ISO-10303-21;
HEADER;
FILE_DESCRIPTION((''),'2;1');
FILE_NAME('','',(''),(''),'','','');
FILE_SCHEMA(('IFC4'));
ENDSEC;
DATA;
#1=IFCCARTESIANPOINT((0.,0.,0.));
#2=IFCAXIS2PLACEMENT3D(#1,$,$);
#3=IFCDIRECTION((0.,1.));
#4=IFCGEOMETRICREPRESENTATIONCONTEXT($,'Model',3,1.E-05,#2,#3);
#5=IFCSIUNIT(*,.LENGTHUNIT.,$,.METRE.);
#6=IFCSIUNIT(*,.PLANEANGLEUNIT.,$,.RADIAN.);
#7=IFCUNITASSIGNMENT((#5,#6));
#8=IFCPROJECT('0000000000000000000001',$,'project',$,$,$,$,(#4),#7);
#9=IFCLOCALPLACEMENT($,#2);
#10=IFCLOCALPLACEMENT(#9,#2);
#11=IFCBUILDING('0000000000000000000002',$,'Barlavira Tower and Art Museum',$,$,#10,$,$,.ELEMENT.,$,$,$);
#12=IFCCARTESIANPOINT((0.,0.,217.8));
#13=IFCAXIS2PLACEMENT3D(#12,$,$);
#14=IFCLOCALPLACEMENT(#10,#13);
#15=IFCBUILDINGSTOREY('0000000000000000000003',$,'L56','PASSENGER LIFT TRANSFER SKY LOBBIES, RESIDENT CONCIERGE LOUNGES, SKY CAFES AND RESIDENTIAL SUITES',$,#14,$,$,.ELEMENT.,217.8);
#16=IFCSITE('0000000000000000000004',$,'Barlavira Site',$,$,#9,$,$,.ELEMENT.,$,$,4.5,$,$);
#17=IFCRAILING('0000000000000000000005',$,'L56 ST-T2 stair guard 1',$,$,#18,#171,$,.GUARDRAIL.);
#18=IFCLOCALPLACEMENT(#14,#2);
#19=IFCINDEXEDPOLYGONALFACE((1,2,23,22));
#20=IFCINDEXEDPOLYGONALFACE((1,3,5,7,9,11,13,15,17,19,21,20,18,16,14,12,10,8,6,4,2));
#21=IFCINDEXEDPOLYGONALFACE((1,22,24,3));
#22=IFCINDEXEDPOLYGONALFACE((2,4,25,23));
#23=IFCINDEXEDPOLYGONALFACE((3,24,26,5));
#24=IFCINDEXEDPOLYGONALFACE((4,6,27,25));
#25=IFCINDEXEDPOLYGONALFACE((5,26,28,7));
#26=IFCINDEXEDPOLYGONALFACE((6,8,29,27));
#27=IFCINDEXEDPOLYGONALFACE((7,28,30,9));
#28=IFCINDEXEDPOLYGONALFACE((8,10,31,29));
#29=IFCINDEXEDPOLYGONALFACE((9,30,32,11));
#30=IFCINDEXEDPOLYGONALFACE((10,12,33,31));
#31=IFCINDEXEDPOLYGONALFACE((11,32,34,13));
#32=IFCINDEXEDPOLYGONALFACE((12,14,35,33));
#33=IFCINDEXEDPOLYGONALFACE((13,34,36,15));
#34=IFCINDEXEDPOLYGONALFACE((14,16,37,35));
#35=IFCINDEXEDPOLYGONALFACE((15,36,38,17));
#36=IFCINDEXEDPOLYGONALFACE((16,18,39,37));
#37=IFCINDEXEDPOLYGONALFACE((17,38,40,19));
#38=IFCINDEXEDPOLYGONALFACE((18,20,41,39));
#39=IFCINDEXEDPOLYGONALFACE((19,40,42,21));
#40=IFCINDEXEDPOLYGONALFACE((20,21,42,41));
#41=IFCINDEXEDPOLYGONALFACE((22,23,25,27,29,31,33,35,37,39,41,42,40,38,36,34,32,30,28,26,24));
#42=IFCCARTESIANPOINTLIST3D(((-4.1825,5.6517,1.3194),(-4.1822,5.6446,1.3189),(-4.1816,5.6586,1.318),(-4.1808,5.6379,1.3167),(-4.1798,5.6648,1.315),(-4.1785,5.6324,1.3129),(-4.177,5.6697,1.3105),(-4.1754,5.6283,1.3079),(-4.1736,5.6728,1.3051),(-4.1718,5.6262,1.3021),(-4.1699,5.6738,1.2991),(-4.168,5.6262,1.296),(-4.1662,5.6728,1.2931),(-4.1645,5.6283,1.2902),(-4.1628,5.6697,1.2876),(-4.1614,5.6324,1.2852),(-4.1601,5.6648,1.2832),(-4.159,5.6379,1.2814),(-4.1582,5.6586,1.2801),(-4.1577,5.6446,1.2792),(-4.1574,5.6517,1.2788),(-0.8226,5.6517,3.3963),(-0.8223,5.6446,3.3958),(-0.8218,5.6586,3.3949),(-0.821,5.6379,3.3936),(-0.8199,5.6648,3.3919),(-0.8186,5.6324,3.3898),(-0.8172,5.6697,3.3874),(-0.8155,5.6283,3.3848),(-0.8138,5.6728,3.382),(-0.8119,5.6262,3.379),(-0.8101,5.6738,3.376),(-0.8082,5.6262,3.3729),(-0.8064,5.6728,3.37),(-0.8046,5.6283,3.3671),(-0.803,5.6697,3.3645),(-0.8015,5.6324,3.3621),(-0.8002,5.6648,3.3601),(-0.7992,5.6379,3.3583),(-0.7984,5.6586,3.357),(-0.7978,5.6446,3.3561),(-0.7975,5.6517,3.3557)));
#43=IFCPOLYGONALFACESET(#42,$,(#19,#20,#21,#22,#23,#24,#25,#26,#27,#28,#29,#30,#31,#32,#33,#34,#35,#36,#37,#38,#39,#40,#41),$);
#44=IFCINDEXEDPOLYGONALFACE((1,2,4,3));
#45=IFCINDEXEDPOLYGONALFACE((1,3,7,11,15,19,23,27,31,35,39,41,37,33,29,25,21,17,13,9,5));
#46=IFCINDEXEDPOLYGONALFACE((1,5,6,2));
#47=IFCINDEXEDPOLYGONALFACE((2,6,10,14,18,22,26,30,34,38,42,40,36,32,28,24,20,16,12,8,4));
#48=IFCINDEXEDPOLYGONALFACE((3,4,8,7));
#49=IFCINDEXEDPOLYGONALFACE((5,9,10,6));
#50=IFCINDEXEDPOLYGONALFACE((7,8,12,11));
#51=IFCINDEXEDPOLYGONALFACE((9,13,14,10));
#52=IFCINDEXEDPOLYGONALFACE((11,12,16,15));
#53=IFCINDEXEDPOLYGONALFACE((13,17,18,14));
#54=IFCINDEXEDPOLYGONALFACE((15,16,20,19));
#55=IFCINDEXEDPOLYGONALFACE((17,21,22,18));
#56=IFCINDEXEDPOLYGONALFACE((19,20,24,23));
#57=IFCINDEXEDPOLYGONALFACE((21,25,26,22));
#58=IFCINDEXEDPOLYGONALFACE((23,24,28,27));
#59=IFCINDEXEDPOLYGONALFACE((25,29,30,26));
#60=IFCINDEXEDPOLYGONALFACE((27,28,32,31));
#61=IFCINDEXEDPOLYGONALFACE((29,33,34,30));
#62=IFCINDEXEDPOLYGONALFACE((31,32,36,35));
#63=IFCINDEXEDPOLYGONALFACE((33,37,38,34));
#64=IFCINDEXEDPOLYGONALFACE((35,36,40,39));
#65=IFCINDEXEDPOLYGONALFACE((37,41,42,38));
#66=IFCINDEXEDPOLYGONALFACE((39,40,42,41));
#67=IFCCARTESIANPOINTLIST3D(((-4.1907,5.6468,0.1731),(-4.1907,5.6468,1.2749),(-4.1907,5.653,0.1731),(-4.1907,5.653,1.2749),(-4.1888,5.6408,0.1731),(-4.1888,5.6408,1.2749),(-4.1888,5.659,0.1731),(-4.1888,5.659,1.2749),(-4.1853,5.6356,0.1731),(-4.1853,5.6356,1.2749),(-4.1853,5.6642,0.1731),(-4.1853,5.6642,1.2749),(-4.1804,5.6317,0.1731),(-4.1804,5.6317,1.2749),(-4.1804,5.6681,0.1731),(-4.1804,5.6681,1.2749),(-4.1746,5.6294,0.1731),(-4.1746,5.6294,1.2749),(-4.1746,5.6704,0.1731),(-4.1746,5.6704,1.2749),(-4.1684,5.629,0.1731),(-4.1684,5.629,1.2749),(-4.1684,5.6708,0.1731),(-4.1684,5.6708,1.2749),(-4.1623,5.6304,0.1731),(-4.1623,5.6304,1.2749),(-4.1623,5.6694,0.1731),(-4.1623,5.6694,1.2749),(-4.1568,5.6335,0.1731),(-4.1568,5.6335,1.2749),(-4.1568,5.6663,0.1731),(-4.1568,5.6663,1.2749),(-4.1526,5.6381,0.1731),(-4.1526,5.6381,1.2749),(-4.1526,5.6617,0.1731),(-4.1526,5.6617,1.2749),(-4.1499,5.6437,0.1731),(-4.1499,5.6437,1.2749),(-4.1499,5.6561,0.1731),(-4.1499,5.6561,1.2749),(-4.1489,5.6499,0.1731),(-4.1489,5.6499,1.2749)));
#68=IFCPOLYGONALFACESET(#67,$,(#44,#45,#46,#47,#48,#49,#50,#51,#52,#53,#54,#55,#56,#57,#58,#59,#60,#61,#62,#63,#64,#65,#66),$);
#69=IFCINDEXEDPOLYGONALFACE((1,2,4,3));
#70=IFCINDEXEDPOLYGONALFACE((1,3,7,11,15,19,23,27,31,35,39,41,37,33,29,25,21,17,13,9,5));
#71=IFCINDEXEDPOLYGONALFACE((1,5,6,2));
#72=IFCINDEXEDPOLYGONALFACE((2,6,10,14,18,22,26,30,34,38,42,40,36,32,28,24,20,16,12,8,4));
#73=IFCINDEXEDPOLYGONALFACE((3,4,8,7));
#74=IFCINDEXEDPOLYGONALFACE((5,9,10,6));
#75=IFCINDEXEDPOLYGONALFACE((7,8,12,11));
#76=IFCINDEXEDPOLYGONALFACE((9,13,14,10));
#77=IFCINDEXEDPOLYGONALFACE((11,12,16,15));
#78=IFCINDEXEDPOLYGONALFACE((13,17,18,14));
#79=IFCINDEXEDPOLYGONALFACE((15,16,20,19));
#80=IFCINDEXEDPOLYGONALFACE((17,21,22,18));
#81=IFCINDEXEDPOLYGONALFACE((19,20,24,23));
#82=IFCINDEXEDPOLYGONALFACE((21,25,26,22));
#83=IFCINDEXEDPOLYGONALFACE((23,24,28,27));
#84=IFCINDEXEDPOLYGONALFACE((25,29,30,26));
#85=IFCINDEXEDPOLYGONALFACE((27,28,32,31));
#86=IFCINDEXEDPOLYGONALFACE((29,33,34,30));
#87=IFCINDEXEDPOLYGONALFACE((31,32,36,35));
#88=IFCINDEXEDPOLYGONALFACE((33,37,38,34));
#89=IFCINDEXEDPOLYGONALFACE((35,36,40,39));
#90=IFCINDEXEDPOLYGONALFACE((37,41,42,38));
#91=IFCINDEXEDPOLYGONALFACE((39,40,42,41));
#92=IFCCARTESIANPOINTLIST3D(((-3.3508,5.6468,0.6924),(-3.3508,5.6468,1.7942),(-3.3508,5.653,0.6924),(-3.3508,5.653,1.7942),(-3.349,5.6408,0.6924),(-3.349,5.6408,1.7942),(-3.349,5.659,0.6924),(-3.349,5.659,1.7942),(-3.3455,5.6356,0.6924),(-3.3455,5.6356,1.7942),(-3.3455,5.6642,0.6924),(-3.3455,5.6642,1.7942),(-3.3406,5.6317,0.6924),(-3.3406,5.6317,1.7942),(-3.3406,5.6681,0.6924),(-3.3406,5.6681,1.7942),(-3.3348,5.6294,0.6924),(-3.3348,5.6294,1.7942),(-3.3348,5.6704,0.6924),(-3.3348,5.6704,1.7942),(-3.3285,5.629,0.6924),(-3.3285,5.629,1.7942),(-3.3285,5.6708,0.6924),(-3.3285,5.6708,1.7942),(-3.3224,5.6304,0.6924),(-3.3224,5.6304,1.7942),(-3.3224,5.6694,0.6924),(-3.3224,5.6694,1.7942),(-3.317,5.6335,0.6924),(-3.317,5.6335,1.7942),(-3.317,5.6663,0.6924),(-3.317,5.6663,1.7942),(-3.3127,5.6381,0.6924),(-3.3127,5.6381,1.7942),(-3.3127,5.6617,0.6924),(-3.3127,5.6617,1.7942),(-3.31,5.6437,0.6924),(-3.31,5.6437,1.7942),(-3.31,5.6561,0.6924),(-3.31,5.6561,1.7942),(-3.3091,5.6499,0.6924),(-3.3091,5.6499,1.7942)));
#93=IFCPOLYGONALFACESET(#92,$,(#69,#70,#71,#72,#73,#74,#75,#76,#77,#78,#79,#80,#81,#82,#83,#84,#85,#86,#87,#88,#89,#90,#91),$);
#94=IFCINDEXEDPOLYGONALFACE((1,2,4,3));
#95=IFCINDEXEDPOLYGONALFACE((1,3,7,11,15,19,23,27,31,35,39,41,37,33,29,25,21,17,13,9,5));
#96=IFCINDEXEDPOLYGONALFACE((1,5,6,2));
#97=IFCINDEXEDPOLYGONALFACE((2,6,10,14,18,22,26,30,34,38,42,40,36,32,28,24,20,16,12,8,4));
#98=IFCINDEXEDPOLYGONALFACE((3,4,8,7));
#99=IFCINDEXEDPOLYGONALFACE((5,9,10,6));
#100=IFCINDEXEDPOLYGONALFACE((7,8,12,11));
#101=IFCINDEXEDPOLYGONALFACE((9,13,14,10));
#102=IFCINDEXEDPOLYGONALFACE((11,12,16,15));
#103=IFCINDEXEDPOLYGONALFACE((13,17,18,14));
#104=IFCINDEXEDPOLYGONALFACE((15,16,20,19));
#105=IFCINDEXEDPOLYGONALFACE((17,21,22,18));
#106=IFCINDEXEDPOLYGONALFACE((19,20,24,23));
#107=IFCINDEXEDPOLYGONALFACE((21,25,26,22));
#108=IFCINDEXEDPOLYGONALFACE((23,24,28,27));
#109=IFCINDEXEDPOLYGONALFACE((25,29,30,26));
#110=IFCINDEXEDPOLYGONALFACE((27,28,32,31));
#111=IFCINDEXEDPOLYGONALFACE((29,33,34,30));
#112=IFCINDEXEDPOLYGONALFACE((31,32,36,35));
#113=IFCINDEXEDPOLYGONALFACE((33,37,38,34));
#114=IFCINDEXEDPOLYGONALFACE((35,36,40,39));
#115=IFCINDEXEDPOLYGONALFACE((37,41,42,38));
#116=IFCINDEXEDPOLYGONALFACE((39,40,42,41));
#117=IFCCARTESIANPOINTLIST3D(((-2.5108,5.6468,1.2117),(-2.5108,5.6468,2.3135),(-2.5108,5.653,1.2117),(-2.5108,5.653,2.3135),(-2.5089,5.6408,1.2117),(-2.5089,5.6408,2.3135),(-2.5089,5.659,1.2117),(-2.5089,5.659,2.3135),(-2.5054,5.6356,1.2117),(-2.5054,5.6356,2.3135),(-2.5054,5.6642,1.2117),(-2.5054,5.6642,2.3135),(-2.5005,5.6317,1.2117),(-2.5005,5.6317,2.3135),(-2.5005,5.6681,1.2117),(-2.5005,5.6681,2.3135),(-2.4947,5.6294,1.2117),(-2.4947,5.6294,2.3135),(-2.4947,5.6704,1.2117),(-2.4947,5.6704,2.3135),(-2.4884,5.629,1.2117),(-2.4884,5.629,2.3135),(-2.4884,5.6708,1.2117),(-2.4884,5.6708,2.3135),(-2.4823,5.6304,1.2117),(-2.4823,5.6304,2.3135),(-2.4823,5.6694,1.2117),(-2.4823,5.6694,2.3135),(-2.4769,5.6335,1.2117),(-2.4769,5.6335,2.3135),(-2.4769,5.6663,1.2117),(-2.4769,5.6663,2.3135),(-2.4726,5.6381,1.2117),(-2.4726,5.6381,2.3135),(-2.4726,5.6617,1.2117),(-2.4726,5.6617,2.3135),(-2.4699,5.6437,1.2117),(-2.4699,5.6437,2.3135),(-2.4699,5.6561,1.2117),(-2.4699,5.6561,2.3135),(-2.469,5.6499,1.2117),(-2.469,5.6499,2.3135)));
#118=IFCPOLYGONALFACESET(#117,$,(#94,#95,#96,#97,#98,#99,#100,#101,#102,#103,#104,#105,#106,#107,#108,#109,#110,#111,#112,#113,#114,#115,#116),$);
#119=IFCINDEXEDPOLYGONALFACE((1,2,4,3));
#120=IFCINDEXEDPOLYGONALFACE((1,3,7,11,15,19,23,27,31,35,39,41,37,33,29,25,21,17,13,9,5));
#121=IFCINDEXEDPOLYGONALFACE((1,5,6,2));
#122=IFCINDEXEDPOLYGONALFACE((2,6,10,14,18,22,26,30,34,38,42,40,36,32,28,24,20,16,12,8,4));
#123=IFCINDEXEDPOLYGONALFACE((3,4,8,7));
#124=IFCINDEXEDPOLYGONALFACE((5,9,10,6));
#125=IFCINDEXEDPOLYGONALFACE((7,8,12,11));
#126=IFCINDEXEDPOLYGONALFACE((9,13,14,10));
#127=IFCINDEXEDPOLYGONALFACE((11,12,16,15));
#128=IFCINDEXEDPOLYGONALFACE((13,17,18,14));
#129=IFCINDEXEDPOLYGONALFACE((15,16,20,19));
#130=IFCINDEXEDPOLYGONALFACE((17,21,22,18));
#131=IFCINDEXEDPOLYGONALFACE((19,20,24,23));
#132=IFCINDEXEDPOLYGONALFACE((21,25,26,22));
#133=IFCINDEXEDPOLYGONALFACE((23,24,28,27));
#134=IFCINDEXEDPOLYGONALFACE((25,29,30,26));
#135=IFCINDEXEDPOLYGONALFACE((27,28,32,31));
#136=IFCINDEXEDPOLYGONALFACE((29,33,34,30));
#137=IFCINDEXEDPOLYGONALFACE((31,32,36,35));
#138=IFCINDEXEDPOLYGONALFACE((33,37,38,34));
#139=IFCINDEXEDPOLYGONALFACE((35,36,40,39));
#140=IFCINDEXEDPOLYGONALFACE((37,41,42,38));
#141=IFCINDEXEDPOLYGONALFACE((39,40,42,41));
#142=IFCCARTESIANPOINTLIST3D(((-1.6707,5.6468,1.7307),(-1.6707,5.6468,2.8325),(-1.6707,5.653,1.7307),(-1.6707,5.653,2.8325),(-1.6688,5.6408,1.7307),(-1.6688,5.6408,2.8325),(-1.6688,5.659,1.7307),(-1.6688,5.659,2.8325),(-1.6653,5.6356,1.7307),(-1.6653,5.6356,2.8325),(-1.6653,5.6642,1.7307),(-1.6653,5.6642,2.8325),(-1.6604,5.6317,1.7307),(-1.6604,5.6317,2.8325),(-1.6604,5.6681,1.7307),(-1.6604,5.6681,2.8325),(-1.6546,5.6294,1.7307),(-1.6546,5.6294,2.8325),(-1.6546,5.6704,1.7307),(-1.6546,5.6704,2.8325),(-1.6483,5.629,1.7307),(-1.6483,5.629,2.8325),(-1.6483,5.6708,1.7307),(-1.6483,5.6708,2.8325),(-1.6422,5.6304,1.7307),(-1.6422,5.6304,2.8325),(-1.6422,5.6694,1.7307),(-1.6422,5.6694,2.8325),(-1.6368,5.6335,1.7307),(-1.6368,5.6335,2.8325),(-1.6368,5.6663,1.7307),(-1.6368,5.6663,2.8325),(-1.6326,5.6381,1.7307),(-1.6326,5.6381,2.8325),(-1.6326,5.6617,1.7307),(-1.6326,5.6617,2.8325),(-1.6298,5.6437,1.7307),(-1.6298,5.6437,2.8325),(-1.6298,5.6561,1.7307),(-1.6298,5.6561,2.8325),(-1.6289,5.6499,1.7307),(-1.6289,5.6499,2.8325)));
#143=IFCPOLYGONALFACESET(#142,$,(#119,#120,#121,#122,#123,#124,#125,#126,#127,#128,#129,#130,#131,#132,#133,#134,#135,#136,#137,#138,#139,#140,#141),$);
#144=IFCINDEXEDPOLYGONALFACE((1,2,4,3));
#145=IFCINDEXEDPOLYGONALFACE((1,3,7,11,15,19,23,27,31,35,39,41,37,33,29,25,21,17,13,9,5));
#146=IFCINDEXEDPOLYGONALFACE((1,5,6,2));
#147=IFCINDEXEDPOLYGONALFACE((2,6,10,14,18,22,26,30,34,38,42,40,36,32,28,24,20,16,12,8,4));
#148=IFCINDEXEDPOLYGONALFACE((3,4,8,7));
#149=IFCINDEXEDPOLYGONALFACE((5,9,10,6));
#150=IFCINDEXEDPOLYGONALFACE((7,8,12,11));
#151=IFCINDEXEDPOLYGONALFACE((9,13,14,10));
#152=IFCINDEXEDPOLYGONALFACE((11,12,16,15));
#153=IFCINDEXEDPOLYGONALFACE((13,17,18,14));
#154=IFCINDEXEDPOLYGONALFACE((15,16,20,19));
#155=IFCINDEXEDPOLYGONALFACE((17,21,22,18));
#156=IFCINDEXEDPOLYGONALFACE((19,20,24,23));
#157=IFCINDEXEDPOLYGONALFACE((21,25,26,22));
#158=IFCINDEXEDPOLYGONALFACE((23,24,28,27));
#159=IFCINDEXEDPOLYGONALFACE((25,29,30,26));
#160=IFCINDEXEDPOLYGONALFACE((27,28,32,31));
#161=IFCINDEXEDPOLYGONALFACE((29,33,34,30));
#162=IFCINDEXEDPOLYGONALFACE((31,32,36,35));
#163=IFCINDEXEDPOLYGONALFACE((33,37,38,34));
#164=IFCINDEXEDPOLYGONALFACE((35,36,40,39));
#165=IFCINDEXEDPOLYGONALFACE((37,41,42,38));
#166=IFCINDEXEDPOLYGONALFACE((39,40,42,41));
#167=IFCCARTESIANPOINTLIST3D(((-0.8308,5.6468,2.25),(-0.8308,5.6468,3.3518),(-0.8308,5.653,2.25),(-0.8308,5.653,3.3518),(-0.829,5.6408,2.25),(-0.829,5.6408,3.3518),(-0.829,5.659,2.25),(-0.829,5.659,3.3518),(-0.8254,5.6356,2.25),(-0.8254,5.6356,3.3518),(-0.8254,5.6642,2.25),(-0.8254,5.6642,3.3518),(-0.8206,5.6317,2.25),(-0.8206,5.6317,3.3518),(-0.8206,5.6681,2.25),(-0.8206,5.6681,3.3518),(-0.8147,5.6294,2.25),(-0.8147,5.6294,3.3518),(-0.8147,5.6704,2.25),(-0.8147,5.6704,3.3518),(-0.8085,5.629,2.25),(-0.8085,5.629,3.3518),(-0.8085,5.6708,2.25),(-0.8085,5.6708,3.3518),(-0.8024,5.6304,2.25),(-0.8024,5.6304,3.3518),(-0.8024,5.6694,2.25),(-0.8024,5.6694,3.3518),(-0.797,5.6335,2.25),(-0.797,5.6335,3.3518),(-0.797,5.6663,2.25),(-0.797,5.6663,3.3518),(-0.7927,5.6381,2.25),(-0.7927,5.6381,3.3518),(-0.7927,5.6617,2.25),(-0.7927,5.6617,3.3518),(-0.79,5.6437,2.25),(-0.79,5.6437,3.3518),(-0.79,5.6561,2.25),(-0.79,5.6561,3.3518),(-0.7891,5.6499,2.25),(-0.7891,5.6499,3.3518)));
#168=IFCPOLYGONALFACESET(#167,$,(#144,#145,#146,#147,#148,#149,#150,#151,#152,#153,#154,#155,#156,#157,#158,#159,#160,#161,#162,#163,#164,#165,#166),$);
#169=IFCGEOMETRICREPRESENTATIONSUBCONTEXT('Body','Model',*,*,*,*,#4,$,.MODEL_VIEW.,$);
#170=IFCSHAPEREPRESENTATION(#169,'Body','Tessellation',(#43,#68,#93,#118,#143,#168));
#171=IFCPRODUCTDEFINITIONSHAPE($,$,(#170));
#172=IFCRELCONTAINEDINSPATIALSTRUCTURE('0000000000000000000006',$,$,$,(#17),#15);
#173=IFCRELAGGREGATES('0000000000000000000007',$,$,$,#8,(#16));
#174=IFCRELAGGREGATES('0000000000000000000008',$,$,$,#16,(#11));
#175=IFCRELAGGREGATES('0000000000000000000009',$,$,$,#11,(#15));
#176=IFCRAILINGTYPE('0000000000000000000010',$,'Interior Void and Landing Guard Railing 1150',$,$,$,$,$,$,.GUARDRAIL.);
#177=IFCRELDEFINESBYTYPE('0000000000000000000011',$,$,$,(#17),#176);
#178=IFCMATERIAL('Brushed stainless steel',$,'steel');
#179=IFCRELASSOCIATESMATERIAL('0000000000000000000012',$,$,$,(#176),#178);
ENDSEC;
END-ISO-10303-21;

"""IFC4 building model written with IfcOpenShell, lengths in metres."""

from ifc_helpers import new_model, si_unit, direction, frame, origin, origin_2d, place, context, subcontext, project, spatial, circle, extrude, material, type_object, element, save


model = new_model("IFC4")

# Units and contexts
model_context = context("Model", 3, precision=1e-05, world=origin(), true_north=direction((0.0, 1.0)))
body_context = subcontext(model_context, "Body", "Model", "MODEL_VIEW")
ifc_project = project(units=[si_unit("LENGTHUNIT", "METRE"), si_unit("PLANEANGLEUNIT", "RADIAN")], contexts=[model_context])

# Site, building, storey
site_placement = place(None, origin())
site = spatial("IfcSite", under=ifc_project, at=site_placement, Name="Barlavira Site", CompositionType="ELEMENT", RefElevation=4.5)
building_placement = place(site_placement, origin())
building = spatial("IfcBuilding", under=site, at=building_placement, Name="Barlavira Tower and Art Museum", CompositionType="ELEMENT")
storey_placement = place(building_placement, frame((0.0, 0.0, 217.8)))
storey = spatial("IfcBuildingStorey", under=building, at=storey_placement, Name="L56", Description="PASSENGER LIFT TRANSFER SKY LOBBIES, RESIDENT CONCIERGE LOUNGES, SKY CAFES AND RESIDENTIAL SUITES", CompositionType="ELEMENT", Elevation=217.8)

# Shared definitions
ifc_material_1 = material(Name="Brushed stainless steel", Category="steel")

# Railing
railing_type_1 = type_object("IfcRailingType", Name="Interior Void and Landing Guard Railing 1150", PredefinedType="GUARDRAIL", material=ifc_material_1)
railing_1_placement = place(storey_placement, frame((-4.1699, 5.6499, 0.1731)))
element("IfcRailing", 1, at=railing_1_placement, inside=storey, type_object=railing_type_1, Name="L56 ST-T2 stair guard 1", PredefinedType="GUARDRAIL", context=body_context, shape_type="SweptSolid", body=[
    extrude(circle(Radius=0.0239, at=origin_2d()), frame((0.0, 0.0, 1.126), z_axis=(0.850606, 0.0, 0.525803), x_axis=(0.0, 1.0, 0.0)), (0.0, 0.0, 1.0), 3.95),
    extrude(circle(Radius=0.021, at=origin_2d()), origin(), (0.0, 0.0, 1.0), 1.1018),
    extrude(circle(Radius=0.021, at=origin_2d()), frame((0.8398, 0.0, 0.5193)), (0.0, 0.0, 1.0), 1.1018),
    extrude(circle(Radius=0.021, at=origin_2d()), frame((1.6799, 0.0, 1.0386)), (0.0, 0.0, 1.0), 1.1018),
    extrude(circle(Radius=0.021, at=origin_2d()), frame((2.52, 0.0, 1.5576)), (0.0, 0.0, 1.0), 1.1018),
    extrude(circle(Radius=0.021, at=origin_2d()), frame((3.3599, 0.0, 2.0769)), (0.0, 0.0, 1.0), 1.1018),
])

save(model, "model.ifc")
